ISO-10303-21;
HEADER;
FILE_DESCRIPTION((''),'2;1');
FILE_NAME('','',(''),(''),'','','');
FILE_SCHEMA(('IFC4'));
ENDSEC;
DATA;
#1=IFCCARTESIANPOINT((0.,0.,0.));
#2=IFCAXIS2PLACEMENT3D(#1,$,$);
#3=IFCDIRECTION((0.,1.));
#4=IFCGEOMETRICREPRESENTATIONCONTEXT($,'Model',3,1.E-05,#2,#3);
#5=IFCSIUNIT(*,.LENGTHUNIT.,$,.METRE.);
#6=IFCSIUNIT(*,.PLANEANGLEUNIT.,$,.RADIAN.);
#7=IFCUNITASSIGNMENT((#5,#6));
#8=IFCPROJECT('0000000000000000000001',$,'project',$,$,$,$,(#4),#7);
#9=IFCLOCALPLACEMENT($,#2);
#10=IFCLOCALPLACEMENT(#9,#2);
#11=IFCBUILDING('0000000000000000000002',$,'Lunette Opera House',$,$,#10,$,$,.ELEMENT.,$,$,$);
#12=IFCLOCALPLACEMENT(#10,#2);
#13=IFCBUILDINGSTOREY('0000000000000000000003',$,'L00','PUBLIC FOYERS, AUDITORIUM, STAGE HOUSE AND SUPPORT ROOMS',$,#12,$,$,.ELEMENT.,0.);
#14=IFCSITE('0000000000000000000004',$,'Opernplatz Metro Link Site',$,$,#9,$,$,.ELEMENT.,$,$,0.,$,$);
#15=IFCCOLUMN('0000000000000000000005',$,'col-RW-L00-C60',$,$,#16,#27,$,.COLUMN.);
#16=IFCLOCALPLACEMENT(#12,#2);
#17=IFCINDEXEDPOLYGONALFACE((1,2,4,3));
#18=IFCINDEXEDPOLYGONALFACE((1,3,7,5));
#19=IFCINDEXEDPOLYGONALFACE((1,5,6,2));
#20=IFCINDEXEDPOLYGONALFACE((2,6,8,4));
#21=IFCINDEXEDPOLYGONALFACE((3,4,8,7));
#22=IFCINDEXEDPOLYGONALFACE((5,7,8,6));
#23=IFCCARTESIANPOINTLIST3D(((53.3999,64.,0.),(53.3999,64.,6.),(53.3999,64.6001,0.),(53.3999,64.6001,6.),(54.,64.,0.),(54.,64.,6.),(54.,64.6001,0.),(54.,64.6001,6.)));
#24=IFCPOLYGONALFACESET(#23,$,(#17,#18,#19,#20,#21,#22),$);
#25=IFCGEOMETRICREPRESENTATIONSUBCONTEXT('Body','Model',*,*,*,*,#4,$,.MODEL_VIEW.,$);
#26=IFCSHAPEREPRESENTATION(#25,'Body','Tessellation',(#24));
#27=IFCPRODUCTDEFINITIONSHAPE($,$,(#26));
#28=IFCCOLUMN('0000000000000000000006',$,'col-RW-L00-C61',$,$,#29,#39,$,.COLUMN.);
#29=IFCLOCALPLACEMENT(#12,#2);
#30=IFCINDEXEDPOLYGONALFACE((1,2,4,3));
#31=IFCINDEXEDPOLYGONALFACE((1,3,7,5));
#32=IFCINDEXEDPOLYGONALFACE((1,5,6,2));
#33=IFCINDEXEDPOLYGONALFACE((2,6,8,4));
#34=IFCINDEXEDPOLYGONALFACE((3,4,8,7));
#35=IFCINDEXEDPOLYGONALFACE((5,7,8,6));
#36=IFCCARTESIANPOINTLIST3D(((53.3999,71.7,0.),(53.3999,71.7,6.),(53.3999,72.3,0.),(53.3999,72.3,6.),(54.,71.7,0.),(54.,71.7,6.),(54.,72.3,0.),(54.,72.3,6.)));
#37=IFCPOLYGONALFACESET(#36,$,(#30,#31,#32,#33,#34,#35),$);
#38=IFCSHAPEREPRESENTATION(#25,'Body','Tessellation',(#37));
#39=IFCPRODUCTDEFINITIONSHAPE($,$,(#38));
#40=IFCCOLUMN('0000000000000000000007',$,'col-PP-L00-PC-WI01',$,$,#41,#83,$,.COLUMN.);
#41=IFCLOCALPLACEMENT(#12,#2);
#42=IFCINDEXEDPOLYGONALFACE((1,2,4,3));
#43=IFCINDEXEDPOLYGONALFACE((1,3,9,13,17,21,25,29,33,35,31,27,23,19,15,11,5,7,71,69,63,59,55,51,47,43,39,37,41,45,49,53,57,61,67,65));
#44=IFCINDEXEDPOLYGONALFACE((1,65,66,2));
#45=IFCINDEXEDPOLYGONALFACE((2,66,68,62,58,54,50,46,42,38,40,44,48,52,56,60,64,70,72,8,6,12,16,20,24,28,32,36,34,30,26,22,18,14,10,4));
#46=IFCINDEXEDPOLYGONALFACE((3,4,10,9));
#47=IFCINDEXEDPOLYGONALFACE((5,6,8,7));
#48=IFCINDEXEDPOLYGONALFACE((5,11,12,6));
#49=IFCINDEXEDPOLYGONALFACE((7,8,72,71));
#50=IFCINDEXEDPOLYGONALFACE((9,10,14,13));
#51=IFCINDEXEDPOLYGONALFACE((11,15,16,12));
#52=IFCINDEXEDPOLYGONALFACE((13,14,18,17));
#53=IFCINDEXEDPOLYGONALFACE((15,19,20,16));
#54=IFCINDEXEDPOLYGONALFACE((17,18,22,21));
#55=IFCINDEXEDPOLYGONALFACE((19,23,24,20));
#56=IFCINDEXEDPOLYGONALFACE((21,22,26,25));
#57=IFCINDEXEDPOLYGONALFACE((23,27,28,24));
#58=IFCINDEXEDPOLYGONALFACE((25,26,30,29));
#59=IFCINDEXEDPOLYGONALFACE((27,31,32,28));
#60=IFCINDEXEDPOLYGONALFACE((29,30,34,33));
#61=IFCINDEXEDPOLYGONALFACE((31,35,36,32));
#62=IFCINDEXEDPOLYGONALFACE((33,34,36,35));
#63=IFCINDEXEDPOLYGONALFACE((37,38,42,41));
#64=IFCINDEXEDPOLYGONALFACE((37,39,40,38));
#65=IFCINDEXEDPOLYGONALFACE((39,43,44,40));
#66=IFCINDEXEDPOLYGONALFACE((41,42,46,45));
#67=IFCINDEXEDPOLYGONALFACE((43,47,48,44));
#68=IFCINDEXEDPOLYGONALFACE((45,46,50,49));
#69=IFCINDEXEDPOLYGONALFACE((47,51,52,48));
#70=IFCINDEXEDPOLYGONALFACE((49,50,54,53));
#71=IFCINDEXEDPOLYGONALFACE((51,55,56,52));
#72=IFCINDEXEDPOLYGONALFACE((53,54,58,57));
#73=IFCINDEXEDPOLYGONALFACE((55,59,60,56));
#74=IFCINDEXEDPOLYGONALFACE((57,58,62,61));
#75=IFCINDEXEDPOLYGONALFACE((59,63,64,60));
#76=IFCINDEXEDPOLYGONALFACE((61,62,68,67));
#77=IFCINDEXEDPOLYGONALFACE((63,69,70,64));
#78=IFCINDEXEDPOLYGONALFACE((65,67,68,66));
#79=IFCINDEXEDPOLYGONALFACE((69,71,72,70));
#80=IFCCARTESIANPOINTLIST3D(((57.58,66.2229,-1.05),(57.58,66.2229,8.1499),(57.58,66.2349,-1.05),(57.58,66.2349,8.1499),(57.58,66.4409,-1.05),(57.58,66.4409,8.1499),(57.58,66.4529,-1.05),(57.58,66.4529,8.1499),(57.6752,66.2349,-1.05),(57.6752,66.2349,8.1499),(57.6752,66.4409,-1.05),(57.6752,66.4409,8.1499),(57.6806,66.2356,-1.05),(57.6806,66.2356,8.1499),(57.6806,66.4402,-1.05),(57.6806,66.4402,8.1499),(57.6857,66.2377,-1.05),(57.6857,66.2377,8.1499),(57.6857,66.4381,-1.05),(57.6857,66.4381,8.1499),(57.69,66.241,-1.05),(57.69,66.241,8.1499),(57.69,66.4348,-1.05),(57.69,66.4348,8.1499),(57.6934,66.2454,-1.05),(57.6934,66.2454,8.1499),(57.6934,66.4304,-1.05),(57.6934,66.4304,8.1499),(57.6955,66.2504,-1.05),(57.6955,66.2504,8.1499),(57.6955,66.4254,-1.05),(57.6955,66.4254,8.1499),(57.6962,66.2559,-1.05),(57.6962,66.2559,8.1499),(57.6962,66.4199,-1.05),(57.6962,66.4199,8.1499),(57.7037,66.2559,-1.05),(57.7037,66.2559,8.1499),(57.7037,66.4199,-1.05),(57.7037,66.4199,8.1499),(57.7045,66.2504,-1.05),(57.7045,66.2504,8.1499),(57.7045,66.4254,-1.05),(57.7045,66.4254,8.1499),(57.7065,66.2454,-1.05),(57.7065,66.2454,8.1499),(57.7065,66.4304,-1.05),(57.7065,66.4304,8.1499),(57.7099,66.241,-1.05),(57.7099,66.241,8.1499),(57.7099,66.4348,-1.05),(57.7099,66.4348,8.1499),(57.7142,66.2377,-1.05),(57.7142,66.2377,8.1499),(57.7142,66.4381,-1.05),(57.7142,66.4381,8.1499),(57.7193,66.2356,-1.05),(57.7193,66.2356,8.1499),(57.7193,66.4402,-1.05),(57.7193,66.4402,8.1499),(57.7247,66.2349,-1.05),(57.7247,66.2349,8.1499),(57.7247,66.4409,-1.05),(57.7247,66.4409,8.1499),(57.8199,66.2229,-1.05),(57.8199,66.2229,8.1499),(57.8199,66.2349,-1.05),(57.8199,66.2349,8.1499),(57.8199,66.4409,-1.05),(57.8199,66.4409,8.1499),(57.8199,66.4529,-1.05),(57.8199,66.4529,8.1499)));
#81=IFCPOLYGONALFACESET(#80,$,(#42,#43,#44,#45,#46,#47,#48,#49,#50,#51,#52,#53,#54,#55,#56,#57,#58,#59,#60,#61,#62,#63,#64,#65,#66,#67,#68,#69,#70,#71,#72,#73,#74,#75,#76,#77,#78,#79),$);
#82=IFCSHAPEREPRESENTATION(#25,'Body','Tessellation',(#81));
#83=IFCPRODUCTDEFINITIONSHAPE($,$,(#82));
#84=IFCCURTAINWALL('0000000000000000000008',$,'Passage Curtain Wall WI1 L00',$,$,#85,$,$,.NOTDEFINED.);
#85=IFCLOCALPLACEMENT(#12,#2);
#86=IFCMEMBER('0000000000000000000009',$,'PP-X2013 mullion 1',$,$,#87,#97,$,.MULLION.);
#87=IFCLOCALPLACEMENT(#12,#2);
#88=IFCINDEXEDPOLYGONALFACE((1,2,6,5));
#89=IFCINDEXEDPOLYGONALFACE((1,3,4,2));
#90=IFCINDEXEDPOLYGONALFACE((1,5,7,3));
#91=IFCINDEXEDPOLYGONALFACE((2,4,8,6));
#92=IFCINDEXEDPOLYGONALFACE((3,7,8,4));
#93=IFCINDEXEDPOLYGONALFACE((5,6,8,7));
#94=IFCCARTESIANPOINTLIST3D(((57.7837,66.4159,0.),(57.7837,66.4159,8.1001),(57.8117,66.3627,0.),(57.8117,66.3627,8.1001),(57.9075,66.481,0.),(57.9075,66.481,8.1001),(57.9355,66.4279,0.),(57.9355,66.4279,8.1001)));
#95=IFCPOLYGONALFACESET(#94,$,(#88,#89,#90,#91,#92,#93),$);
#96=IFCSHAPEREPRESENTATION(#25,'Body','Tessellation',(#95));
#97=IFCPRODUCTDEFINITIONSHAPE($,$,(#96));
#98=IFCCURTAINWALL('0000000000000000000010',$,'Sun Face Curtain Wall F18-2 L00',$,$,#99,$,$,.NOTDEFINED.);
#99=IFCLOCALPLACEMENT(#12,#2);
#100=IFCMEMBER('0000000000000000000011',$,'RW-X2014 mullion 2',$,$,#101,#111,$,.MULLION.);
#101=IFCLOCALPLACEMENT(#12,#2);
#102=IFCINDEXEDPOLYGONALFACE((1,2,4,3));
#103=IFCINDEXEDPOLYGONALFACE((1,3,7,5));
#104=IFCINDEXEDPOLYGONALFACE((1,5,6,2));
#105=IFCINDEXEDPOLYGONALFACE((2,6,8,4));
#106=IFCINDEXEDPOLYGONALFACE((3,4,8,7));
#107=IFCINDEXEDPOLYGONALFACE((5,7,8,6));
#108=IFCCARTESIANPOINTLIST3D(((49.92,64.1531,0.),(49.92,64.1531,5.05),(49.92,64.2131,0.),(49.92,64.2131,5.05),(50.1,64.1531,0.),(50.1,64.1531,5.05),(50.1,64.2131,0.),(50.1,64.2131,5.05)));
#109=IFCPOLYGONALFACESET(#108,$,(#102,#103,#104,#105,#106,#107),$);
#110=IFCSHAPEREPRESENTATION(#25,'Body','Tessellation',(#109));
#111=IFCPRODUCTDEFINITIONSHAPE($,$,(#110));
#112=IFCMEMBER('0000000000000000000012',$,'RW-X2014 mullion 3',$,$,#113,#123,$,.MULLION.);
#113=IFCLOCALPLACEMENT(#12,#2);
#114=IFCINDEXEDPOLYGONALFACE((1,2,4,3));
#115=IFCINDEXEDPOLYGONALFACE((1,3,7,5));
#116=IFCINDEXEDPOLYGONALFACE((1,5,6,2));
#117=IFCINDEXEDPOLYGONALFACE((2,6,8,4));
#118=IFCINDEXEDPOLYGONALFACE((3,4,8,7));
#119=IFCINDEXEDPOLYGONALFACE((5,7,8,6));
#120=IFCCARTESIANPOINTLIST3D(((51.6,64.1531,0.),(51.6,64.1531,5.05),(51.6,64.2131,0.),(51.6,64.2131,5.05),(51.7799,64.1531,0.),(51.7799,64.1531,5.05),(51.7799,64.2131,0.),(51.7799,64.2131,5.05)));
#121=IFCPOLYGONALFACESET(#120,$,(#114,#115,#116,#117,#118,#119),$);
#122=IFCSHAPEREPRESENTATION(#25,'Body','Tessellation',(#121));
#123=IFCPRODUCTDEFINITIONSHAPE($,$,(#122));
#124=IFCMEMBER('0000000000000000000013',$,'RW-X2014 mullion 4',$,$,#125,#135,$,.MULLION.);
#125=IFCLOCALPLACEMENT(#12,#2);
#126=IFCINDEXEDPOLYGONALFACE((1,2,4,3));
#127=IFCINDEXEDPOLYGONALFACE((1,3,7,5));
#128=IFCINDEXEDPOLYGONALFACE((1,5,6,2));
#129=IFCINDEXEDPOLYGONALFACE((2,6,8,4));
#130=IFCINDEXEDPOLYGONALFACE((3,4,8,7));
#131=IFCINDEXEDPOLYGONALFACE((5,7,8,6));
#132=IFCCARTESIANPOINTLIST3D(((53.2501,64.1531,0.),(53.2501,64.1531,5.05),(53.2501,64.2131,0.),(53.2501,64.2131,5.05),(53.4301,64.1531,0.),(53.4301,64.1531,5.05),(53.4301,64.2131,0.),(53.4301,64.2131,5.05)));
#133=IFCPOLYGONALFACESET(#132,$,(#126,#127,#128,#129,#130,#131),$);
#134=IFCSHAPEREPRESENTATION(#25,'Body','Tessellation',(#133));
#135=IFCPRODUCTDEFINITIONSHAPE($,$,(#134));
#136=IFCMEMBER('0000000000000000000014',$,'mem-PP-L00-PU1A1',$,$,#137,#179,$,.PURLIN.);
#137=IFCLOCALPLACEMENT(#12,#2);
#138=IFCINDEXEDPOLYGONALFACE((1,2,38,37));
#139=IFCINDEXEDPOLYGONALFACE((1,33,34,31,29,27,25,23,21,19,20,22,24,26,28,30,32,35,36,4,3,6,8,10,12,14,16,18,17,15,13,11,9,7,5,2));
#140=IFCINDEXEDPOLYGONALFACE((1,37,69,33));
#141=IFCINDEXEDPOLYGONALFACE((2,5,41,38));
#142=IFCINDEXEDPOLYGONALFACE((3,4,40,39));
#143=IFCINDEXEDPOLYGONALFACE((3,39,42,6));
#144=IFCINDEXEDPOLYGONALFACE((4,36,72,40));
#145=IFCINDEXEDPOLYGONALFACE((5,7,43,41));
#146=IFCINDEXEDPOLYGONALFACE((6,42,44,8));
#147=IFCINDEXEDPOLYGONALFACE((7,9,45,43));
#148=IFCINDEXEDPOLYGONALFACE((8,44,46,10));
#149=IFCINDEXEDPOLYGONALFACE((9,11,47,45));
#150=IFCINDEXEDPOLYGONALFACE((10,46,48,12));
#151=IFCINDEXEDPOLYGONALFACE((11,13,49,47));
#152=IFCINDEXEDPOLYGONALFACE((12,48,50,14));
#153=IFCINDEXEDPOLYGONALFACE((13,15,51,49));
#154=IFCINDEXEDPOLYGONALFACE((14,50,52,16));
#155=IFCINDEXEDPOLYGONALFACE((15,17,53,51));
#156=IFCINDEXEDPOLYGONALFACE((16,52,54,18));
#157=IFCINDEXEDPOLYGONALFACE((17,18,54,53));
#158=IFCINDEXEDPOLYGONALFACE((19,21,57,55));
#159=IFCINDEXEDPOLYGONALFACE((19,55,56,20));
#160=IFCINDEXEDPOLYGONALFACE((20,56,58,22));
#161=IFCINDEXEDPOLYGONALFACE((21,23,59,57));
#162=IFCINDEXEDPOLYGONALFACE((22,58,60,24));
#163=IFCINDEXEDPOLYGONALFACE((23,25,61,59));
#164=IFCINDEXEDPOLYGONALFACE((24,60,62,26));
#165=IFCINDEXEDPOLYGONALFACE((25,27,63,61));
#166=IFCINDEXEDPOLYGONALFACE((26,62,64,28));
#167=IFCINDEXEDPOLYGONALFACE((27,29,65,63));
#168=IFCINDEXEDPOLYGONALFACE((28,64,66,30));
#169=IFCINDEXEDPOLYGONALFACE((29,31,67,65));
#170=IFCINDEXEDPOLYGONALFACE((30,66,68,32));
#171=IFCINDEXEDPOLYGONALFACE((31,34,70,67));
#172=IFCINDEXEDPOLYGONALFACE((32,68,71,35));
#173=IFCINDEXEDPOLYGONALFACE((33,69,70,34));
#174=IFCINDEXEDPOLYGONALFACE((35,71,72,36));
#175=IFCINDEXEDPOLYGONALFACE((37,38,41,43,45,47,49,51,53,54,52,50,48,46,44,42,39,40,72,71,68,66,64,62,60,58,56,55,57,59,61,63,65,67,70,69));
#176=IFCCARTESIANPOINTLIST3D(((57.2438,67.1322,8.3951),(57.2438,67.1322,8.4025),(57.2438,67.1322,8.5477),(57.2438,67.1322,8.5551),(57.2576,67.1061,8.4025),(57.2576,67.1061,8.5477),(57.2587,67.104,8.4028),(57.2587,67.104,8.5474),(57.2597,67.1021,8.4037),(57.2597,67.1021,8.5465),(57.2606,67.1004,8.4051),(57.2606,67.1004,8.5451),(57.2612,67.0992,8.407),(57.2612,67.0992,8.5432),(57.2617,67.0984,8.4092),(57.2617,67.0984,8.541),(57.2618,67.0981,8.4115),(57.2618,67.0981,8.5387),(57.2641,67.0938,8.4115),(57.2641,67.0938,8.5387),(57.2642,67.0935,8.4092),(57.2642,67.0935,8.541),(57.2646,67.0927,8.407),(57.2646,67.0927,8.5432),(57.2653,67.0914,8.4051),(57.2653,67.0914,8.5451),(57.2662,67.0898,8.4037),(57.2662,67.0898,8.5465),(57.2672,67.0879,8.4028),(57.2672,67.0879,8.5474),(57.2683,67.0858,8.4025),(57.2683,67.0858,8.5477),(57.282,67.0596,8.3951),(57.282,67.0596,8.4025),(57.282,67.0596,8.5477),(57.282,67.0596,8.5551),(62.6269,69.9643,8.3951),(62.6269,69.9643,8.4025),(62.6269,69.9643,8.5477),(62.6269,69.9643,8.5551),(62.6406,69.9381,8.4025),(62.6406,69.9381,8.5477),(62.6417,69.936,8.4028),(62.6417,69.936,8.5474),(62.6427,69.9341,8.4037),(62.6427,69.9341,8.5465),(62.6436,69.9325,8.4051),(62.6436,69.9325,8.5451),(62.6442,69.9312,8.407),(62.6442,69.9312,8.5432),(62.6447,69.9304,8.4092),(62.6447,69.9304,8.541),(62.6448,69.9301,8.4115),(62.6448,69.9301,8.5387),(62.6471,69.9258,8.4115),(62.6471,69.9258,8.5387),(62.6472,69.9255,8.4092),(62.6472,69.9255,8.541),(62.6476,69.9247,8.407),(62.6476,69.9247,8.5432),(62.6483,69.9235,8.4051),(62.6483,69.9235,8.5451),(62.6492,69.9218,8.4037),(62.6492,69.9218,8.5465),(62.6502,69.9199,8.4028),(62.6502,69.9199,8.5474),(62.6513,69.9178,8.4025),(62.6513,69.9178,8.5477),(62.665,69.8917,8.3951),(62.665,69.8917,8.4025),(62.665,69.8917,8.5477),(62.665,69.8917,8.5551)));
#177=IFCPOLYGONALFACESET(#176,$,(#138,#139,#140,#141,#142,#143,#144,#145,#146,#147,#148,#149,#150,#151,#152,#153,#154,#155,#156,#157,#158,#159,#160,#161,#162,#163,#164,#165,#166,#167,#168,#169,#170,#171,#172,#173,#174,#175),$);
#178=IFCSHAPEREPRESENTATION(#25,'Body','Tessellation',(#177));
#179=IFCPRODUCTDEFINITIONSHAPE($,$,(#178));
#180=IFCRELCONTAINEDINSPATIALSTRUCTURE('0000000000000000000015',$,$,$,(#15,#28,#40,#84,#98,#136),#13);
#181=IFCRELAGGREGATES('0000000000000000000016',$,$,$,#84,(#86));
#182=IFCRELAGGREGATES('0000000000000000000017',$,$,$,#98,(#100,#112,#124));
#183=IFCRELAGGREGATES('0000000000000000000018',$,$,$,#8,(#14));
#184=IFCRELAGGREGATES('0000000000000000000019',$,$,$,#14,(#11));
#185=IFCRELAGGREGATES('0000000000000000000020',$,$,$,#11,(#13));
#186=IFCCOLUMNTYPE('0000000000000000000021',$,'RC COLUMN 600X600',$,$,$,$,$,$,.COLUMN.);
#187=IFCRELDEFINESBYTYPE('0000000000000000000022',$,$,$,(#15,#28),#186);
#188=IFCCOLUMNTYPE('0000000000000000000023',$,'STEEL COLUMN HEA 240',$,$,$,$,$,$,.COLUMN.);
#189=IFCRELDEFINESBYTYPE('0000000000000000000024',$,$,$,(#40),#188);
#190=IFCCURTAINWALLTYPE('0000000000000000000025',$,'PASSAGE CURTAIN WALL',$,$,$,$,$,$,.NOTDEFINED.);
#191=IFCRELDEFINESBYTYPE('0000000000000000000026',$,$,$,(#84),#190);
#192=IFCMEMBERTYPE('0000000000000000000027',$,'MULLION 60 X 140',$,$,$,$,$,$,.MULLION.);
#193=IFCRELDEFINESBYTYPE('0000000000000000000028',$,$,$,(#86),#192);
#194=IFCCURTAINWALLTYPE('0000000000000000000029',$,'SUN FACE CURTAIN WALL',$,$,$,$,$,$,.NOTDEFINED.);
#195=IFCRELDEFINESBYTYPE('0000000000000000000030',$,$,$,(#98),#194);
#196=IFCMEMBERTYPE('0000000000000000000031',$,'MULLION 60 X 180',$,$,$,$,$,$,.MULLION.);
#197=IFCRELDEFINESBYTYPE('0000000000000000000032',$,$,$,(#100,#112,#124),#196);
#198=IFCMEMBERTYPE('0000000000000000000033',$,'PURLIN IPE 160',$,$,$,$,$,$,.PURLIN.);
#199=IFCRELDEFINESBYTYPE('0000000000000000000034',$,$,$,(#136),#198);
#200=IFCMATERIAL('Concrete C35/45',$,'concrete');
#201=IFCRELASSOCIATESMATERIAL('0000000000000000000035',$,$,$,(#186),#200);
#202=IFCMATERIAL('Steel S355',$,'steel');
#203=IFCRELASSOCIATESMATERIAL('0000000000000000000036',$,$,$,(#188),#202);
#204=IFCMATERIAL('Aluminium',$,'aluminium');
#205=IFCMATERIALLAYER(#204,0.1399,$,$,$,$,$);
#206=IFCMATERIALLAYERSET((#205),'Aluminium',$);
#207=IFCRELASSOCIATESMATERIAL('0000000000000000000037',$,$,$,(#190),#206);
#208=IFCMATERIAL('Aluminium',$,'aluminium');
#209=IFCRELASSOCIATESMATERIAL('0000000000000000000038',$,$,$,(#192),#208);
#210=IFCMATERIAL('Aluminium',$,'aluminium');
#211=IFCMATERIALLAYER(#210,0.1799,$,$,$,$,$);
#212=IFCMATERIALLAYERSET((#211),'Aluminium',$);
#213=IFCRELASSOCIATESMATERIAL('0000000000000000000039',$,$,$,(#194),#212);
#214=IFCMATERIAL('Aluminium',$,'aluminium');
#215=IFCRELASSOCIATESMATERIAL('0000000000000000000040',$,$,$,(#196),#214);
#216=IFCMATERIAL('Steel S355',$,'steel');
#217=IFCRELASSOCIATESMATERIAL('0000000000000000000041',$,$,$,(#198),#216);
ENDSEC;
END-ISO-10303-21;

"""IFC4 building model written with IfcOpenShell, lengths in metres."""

from ifc_helpers import new_model, si_unit, direction, frame, origin, origin_2d, place, context, subcontext, project, spatial, rectangle, i_section, extrude, material, layer, layer_set, material_profile, profile_set, type_object, element, aggregate, save


model = new_model("IFC4")

# Units and contexts
model_context = context("Model", 3, precision=1e-05, world=origin(), true_north=direction((0.0, 1.0)))
body_context = subcontext(model_context, "Body", "Model", "MODEL_VIEW")
ifc_project = project(units=[si_unit("LENGTHUNIT", "METRE"), si_unit("PLANEANGLEUNIT", "RADIAN")], contexts=[model_context])

# Site, building, storey
site_placement = place(None, origin())
site = spatial("IfcSite", under=ifc_project, at=site_placement, Name="Opernplatz Metro Link Site", CompositionType="ELEMENT", RefElevation=0.0)
building_placement = place(site_placement, origin())
building = spatial("IfcBuilding", under=site, at=building_placement, Name="Lunette Opera House", CompositionType="ELEMENT")
storey_placement = place(building_placement, origin())
storey = spatial("IfcBuildingStorey", under=building, at=storey_placement, Name="L00", Description="PUBLIC FOYERS, AUDITORIUM, STAGE HOUSE AND SUPPORT ROOMS", CompositionType="ELEMENT", Elevation=0.0)

# Columns
ifc_material_1 = material(Name="Concrete C35/45", Category="concrete")
ifc_material_profile_1 = material_profile(ifc_material_1, rectangle(XDim=0.6001, YDim=0.6001, at=origin_2d()), Name="RC COLUMN 600X600")
ifc_profile_set_1 = profile_set([ifc_material_profile_1], Name="Concrete C35/45")
column_type_1 = type_object("IfcColumnType", Name="RC COLUMN 600X600", PredefinedType="COLUMN", material=ifc_profile_set_1)
for number, where, z_axis, x_axis, name in (
    (1, (53.7, 64.3, 0.0), (0.0, 0.0, 1.0), (1.0, 0.0, 0.0), "col-RW-L00-C60"),
    (2, (53.7, 72.0, 0.0), (0.0, 0.0, 1.0), (1.0, 0.0, 0.0), "col-RW-L00-C61"),
):
    element("IfcColumn", number, at=place(storey_placement, frame(where, z_axis=z_axis, x_axis=x_axis)), inside=storey, type_object=column_type_1, Name=name, PredefinedType="COLUMN", context=body_context, shape_type="SweptSolid", body=[
        extrude(rectangle(XDim=0.6001, YDim=0.6001, at=origin_2d()), origin(), (0.0, 0.0, 1.0), 6.0),
    ])
ifc_material_2 = material(Name="Steel S355", Category="steel")
ifc_material_profile_2 = material_profile(ifc_material_2, i_section(OverallWidth=0.24, OverallDepth=0.23, WebThickness=0.0076, FlangeThickness=0.012, FilletRadius=0.021, at=origin_2d()), Name="HEA 240")
ifc_profile_set_2 = profile_set([ifc_material_profile_2], Name="Steel S355")
column_type_2 = type_object("IfcColumnType", Name="STEEL COLUMN HEA 240", PredefinedType="COLUMN", material=ifc_profile_set_2)
column_placement = place(storey_placement, frame((57.7, 66.3379, -1.05), z_axis=(0.0, 0.0, 1.0), x_axis=(1.0, 0.0, 0.0)))
element("IfcColumn", 3, at=column_placement, inside=storey, type_object=column_type_2, Name="col-PP-L00-PC-WI01", PredefinedType="COLUMN", context=body_context, shape_type="SweptSolid", body=[
    extrude(i_section(OverallWidth=0.24, OverallDepth=0.23, WebThickness=0.0076, FlangeThickness=0.012, FilletRadius=0.021, at=origin_2d()), origin(), (0.0, 0.0, 1.0), 9.2),
])

# Curtain wall, member
ifc_material_3 = material(Name="Aluminium", Category="aluminium")
ifc_layer_1 = layer(ifc_material_3, 0.1399)
ifc_layer_set_1 = layer_set([ifc_layer_1], Name="Aluminium")
curtain_wall_type_1 = type_object("IfcCurtainWallType", Name="PASSAGE CURTAIN WALL", PredefinedType="NOTDEFINED", material=ifc_layer_set_1)
curtain_wall_1_placement = place(storey_placement, origin())
curtain_wall_1 = element("IfcCurtainWall", 4, at=curtain_wall_1_placement, inside=storey, type_object=curtain_wall_type_1, Name="Passage Curtain Wall WI1 L00", PredefinedType="NOTDEFINED")
ifc_material_4 = material(Name="Aluminium", Category="aluminium")
ifc_material_profile_3 = material_profile(ifc_material_4, rectangle(XDim=0.0601, YDim=0.1399, at=origin_2d()), Name="MULLION 60 X 140")
ifc_profile_set_3 = profile_set([ifc_material_profile_3], Name="Aluminium")
member_type_1 = type_object("IfcMemberType", Name="MULLION 60 X 140", PredefinedType="MULLION", material=ifc_profile_set_3)
member_1_placement = place(storey_placement, frame((57.8596, 66.4219, 0.0), z_axis=(0.0, 0.0, 1.0), x_axis=(-0.46553, 0.885032, 0.0)))
member_1 = element("IfcMember", 5, at=member_1_placement, type_object=member_type_1, Name="PP-X2013 mullion 1", PredefinedType="MULLION", context=body_context, shape_type="SweptSolid", body=[
    extrude(rectangle(XDim=0.0601, YDim=0.1399, at=origin_2d()), origin(), (0.0, 0.0, 1.0), 8.1001),
])

# Curtain wall, members
ifc_material_5 = material(Name="Aluminium", Category="aluminium")
ifc_layer_2 = layer(ifc_material_5, 0.1799)
ifc_layer_set_2 = layer_set([ifc_layer_2], Name="Aluminium")
curtain_wall_type_2 = type_object("IfcCurtainWallType", Name="SUN FACE CURTAIN WALL", PredefinedType="NOTDEFINED", material=ifc_layer_set_2)
curtain_wall_2_placement = place(storey_placement, origin())
curtain_wall_2 = element("IfcCurtainWall", 6, at=curtain_wall_2_placement, inside=storey, type_object=curtain_wall_type_2, Name="Sun Face Curtain Wall F18-2 L00", PredefinedType="NOTDEFINED")
ifc_material_6 = material(Name="Aluminium", Category="aluminium")
ifc_material_profile_4 = material_profile(ifc_material_6, rectangle(XDim=0.0601, YDim=0.1799, at=origin_2d()), Name="MULLION 60 X 180")
ifc_profile_set_4 = profile_set([ifc_material_profile_4], Name="Aluminium")
member_type_2 = type_object("IfcMemberType", Name="MULLION 60 X 180", PredefinedType="MULLION", material=ifc_profile_set_4)
member_2_placement = place(storey_placement, frame((50.01, 64.1831, 0.0), z_axis=(0.0, 0.0, 1.0), x_axis=(0.0, 1.0, 0.0)))
member_2 = element("IfcMember", 7, at=member_2_placement, type_object=member_type_2, Name="RW-X2014 mullion 2", PredefinedType="MULLION", context=body_context, shape_type="SweptSolid", body=[
    extrude(rectangle(XDim=0.0601, YDim=0.1799, at=origin_2d()), origin(), (0.0, 0.0, 1.0), 5.05),
])
member_3_placement = place(storey_placement, frame((51.6899, 64.1831, 0.0), z_axis=(0.0, 0.0, 1.0), x_axis=(0.0, 1.0, 0.0)))
member_3 = element("IfcMember", 8, at=member_3_placement, type_object=member_type_2, Name="RW-X2014 mullion 3", PredefinedType="MULLION", context=body_context, shape_type="SweptSolid", body=[
    extrude(rectangle(XDim=0.0601, YDim=0.1799, at=origin_2d()), origin(), (0.0, 0.0, 1.0), 5.05),
])
member_4_placement = place(storey_placement, frame((53.3401, 64.1831, 0.0), z_axis=(0.0, 0.0, 1.0), x_axis=(0.0, 1.0, 0.0)))
member_4 = element("IfcMember", 9, at=member_4_placement, type_object=member_type_2, Name="RW-X2014 mullion 4", PredefinedType="MULLION", context=body_context, shape_type="SweptSolid", body=[
    extrude(rectangle(XDim=0.0601, YDim=0.1799, at=origin_2d()), origin(), (0.0, 0.0, 1.0), 5.05),
])

# Member
ifc_material_7 = material(Name="Steel S355", Category="steel")
ifc_material_profile_5 = material_profile(ifc_material_7, i_section(OverallWidth=0.082, OverallDepth=0.1599, WebThickness=0.0049, FlangeThickness=0.0073, FilletRadius=0.009, at=origin_2d()), Name="IPE 160")
ifc_profile_set_5 = profile_set([ifc_material_profile_5], Name="Steel S355")
member_type_3 = type_object("IfcMemberType", Name="PURLIN IPE 160", PredefinedType="PURLIN", material=ifc_profile_set_5)
member_5_placement = place(storey_placement, frame((57.2629, 67.0959, 8.4751), z_axis=(0.884997, 0.465598, 0.0), x_axis=(-0.465598, 0.884997, 0.0)))
element("IfcMember", 10, at=member_5_placement, inside=storey, type_object=member_type_3, Name="mem-PP-L00-PU1A1", PredefinedType="PURLIN", context=body_context, shape_type="SweptSolid", body=[
    extrude(i_section(OverallWidth=0.082, OverallDepth=0.1599, WebThickness=0.0049, FlangeThickness=0.0073, FilletRadius=0.009, at=origin_2d()), origin(), (0.0, 0.0, 1.0), 6.0825),
])

aggregate(curtain_wall_1, [member_1])

aggregate(curtain_wall_2, [member_2, member_3, member_4])

save(model, "model.ifc")
